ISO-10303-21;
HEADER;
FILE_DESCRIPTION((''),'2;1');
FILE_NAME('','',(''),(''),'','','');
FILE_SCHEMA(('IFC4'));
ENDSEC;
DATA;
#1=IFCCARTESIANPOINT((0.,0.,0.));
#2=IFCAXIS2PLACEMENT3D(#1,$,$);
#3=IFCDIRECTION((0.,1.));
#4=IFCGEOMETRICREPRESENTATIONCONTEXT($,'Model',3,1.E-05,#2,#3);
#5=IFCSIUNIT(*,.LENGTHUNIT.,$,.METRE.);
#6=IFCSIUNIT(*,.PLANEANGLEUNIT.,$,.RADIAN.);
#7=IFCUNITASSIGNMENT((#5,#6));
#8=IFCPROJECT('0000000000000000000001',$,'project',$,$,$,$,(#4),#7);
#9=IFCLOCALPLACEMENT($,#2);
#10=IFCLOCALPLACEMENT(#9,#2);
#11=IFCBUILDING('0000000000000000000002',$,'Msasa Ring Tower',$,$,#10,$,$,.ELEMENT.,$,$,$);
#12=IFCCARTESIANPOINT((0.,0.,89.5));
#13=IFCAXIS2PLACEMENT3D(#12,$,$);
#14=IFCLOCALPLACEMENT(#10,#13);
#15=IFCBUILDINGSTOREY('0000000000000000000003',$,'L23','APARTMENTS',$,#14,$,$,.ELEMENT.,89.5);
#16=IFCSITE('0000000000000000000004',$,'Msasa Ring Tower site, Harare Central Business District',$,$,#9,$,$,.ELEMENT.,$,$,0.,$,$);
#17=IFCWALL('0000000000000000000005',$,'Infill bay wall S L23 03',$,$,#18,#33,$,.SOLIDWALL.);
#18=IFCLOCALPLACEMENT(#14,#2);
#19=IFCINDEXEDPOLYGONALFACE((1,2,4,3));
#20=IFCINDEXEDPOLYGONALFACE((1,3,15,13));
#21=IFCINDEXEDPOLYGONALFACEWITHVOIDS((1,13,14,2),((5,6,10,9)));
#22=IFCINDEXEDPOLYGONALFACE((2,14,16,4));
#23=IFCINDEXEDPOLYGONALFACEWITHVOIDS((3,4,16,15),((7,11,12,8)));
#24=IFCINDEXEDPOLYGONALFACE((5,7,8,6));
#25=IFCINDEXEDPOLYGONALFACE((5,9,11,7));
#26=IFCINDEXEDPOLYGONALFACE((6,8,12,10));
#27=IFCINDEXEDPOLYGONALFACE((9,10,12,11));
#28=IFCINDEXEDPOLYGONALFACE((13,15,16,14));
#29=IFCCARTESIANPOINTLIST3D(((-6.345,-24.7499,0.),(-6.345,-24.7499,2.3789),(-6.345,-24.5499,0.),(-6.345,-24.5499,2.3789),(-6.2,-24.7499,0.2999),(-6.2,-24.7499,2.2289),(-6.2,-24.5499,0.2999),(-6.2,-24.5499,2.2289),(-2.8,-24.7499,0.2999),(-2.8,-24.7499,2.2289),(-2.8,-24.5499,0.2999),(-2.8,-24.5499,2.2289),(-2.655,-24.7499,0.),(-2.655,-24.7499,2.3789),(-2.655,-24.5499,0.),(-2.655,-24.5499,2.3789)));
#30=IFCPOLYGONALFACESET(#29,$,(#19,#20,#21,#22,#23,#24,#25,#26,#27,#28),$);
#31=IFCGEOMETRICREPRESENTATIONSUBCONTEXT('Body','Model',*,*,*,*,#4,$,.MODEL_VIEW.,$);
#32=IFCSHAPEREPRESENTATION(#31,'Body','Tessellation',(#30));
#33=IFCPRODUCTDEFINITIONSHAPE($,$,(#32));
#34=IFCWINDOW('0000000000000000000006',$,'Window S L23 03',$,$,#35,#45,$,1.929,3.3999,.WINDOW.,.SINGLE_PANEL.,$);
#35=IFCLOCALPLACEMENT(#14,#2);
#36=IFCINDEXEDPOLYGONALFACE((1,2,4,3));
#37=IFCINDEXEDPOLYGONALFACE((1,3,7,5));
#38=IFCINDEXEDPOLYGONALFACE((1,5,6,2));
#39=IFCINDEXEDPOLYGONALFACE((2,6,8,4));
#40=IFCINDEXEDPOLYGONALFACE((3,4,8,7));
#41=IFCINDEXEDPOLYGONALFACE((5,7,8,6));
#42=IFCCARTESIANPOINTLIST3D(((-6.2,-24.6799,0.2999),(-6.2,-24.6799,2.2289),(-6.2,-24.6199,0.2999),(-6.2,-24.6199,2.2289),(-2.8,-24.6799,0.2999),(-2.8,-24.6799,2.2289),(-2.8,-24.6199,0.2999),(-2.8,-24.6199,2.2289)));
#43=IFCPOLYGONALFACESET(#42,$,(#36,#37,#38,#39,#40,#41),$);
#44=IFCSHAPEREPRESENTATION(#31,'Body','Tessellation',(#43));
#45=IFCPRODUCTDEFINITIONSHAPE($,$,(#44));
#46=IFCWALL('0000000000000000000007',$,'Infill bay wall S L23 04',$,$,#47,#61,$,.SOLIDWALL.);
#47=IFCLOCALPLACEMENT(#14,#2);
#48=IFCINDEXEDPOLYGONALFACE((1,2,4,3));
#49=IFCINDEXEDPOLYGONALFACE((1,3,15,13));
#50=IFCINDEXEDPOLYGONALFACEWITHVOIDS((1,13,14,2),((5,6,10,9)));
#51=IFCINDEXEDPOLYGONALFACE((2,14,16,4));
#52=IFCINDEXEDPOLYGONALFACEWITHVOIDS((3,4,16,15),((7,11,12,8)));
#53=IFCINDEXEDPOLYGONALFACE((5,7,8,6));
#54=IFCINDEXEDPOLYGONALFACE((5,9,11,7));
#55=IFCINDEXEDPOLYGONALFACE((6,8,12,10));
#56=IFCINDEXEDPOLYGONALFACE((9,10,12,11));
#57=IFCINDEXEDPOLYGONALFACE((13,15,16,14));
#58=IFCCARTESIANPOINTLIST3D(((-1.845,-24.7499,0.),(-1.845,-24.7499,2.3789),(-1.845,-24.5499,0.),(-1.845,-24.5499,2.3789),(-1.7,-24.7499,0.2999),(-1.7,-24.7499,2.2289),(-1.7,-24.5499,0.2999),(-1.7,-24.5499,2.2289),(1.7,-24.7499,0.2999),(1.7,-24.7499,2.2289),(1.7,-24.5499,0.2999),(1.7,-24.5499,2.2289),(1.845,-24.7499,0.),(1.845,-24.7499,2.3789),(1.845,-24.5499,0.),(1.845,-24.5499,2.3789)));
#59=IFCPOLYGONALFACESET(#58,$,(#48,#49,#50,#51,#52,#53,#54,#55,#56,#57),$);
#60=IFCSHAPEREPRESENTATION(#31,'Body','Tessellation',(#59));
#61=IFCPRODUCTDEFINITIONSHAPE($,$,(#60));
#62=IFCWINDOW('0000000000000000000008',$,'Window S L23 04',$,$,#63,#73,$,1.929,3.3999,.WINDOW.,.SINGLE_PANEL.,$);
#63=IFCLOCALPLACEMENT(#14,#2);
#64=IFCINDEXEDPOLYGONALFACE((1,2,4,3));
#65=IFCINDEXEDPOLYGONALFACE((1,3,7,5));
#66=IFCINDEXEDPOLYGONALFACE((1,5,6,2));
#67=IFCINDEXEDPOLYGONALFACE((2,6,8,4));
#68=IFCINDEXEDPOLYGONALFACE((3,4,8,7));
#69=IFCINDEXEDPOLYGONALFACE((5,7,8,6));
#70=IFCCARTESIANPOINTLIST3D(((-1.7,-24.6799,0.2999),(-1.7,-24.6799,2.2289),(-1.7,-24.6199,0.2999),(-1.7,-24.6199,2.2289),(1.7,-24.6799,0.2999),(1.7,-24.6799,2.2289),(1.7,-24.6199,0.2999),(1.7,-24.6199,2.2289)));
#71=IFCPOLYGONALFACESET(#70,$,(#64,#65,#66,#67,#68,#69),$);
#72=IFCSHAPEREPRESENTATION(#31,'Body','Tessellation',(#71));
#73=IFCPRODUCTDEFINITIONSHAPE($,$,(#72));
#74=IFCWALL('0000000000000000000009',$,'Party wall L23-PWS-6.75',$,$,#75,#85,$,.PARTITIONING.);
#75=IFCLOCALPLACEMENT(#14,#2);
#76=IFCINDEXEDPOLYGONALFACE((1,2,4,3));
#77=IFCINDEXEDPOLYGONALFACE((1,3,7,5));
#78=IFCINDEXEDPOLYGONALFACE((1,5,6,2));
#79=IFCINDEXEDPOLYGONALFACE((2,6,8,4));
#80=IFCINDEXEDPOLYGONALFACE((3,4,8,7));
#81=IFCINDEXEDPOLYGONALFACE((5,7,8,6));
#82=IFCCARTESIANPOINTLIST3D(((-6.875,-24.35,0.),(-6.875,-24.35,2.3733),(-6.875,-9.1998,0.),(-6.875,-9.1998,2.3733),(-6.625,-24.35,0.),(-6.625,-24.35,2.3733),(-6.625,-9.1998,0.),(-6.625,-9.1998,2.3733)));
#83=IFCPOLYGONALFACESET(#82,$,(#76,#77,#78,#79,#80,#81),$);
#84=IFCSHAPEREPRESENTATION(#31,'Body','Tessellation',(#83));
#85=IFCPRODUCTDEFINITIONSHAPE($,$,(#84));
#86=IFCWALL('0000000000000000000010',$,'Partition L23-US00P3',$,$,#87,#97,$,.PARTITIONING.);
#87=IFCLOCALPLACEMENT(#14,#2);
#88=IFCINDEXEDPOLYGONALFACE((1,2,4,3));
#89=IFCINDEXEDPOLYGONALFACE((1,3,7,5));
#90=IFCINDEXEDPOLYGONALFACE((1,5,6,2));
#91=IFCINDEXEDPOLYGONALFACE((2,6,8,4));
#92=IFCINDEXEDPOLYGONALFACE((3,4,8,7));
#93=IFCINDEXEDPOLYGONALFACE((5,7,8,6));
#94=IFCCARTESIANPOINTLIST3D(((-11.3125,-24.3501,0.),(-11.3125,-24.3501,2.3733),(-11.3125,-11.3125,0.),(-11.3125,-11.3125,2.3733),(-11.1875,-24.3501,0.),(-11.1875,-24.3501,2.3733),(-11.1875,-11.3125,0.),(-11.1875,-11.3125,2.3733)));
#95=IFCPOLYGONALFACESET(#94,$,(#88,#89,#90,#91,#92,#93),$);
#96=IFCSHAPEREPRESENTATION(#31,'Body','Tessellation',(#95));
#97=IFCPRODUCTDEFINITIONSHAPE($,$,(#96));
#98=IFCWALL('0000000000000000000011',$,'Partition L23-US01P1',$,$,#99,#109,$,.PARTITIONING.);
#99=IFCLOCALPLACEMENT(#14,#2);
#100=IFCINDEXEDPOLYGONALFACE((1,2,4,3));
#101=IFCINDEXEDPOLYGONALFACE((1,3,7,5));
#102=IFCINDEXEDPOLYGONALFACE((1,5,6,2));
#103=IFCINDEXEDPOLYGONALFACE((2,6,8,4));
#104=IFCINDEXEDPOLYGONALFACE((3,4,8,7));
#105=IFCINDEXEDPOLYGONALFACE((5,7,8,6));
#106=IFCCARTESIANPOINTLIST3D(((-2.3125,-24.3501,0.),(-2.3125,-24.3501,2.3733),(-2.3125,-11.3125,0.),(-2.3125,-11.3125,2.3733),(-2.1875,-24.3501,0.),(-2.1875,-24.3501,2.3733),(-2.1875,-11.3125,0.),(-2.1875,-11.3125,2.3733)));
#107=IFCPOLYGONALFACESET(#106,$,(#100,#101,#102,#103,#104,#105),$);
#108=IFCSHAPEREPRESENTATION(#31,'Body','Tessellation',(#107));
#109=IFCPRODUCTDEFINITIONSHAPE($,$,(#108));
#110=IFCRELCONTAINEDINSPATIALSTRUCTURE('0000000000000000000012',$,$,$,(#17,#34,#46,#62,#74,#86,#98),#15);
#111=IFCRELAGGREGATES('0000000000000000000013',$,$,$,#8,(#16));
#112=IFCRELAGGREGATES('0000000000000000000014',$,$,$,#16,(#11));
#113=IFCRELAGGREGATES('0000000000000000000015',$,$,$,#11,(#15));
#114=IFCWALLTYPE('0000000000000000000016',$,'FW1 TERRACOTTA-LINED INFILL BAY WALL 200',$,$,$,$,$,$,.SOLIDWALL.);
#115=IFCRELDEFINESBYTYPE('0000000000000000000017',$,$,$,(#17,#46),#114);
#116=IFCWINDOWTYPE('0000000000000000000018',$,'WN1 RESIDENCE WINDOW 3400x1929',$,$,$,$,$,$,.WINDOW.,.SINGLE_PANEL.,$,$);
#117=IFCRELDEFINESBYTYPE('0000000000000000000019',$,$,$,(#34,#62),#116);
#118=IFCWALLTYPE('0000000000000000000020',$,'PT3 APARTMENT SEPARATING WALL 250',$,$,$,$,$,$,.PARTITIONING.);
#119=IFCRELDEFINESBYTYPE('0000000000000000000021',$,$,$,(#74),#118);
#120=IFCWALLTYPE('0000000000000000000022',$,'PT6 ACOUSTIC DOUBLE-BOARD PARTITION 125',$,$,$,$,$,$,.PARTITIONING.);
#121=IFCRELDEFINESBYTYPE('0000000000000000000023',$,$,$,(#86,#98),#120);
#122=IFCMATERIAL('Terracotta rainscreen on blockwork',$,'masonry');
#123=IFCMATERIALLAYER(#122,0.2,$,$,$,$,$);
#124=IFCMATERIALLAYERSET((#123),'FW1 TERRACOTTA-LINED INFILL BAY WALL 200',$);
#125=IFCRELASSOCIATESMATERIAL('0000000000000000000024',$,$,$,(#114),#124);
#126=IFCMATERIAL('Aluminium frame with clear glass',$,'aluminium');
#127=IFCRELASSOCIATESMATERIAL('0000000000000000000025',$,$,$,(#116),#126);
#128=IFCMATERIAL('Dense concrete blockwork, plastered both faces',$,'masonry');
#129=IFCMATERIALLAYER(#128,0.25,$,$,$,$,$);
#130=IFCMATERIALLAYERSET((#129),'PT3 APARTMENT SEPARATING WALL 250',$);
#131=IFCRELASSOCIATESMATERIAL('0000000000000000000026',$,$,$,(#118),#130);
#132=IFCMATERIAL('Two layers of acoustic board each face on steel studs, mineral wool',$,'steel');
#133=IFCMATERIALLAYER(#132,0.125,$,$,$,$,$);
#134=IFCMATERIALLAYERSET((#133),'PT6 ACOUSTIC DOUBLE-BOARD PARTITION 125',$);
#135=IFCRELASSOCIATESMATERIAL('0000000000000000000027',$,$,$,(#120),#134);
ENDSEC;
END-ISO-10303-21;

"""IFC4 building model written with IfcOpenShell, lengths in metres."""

from ifc_helpers import new_model, si_unit, direction, frame, frame_2d, origin, place, context, subcontext, project, spatial, rectangle, extrude, material, layer, layer_set, type_object, element, fill, save


model = new_model("IFC4")

# Units and contexts
model_context = context("Model", 3, precision=1e-05, world=origin(), true_north=direction((0.0, 1.0)))
body_context = subcontext(model_context, "Body", "Model", "MODEL_VIEW")
ifc_project = project(units=[si_unit("LENGTHUNIT", "METRE"), si_unit("PLANEANGLEUNIT", "RADIAN")], contexts=[model_context])

# Site, building, storey
site_placement = place(None, origin())
site = spatial("IfcSite", under=ifc_project, at=site_placement, Name="Msasa Ring Tower site, Harare Central Business District", CompositionType="ELEMENT", RefElevation=0.0)
building_placement = place(site_placement, origin())
building = spatial("IfcBuilding", under=site, at=building_placement, Name="Msasa Ring Tower", CompositionType="ELEMENT")
storey_placement = place(building_placement, frame((0.0, 0.0, 89.5)))
storey = spatial("IfcBuildingStorey", under=building, at=storey_placement, Name="L23", Description="APARTMENTS", CompositionType="ELEMENT", Elevation=89.5)

# Walls, openings, windows
ifc_material_1 = material(Name="Terracotta rainscreen on blockwork", Category="masonry")
ifc_layer_1 = layer(ifc_material_1, 0.2)
ifc_layer_set_1 = layer_set([ifc_layer_1], Name="FW1 TERRACOTTA-LINED INFILL BAY WALL 200")
wall_type_1 = type_object("IfcWallType", Name="FW1 TERRACOTTA-LINED INFILL BAY WALL 200", PredefinedType="SOLIDWALL", material=ifc_layer_set_1)
ifc_material_2 = material(Name="Aluminium frame with clear glass", Category="aluminium")
window_type = type_object("IfcWindowType", Name="WN1 RESIDENCE WINDOW 3400x1929", PartitioningType="SINGLE_PANEL", PredefinedType="WINDOW", material=ifc_material_2)
wall_1_placement = place(storey_placement, frame((-6.345, -24.6499, 0.0), z_axis=(0.0, 0.0, 1.0), x_axis=(1.0, 0.0, 0.0)))
wall_1 = element("IfcWall", 1, at=wall_1_placement, inside=storey, type_object=wall_type_1, Name="Infill bay wall S L23 03", PredefinedType="SOLIDWALL", context=body_context, shape_type="SweptSolid", body=[
    extrude(rectangle(XDim=3.6899, YDim=0.2, at=frame_2d((1.845, 0.0))), origin(), (0.0, 0.0, 1.0), 2.3789),
])
opening_1_placement = place(wall_1_placement, frame((0.145, 0.0, 0.3)))
opening_1 = element("IfcOpeningElement", 2, at=opening_1_placement, cuts=wall_1, PredefinedType="OPENING", context=body_context, shape_type="SweptSolid", body=[
    extrude(rectangle(XDim=3.3999, YDim=1.929, at=frame_2d((1.7, 0.9644))), frame((0.0, 0.1099, 0.0), z_axis=(0.0, -1.0, 0.0), x_axis=(1.0, 0.0, 0.0)), (0.0, 0.0, 1.0), 0.22),
])
window_1_placement = place(opening_1_placement, origin())
window_1 = element("IfcWindow", 3, at=window_1_placement, inside=storey, type_object=window_type, Name="Window S L23 03", OverallHeight=1.929, OverallWidth=3.3999, PartitioningType="SINGLE_PANEL", PredefinedType="WINDOW", context=body_context, shape_type="SweptSolid", body=[
    extrude(rectangle(XDim=3.3999, YDim=1.929, at=frame_2d((1.7, 0.9644))), frame((0.0, 0.03, 0.0), z_axis=(0.0, -1.0, 0.0), x_axis=(1.0, 0.0, 0.0)), (0.0, 0.0, 1.0), 0.0601),
])
fill(opening_1, window_1)
wall_2_placement = place(storey_placement, frame((-1.845, -24.6499, 0.0), z_axis=(0.0, 0.0, 1.0), x_axis=(1.0, 0.0, 0.0)))
wall_2 = element("IfcWall", 4, at=wall_2_placement, inside=storey, type_object=wall_type_1, Name="Infill bay wall S L23 04", PredefinedType="SOLIDWALL", context=body_context, shape_type="SweptSolid", body=[
    extrude(rectangle(XDim=3.6899, YDim=0.2, at=frame_2d((1.845, 0.0))), origin(), (0.0, 0.0, 1.0), 2.3789),
])
opening_2_placement = place(wall_2_placement, frame((0.145, 0.0, 0.3)))
opening_2 = element("IfcOpeningElement", 5, at=opening_2_placement, cuts=wall_2, PredefinedType="OPENING", context=body_context, shape_type="SweptSolid", body=[
    extrude(rectangle(XDim=3.3999, YDim=1.929, at=frame_2d((1.7, 0.9644))), frame((0.0, 0.1099, 0.0), z_axis=(0.0, -1.0, 0.0), x_axis=(1.0, 0.0, 0.0)), (0.0, 0.0, 1.0), 0.22),
])
window_2_placement = place(opening_2_placement, origin())
window_2 = element("IfcWindow", 6, at=window_2_placement, inside=storey, type_object=window_type, Name="Window S L23 04", OverallHeight=1.929, OverallWidth=3.3999, PartitioningType="SINGLE_PANEL", PredefinedType="WINDOW", context=body_context, shape_type="SweptSolid", body=[
    extrude(rectangle(XDim=3.3999, YDim=1.929, at=frame_2d((1.7, 0.9644))), frame((0.0, 0.03, 0.0), z_axis=(0.0, -1.0, 0.0), x_axis=(1.0, 0.0, 0.0)), (0.0, 0.0, 1.0), 0.0601),
])
fill(opening_2, window_2)

# Walls
ifc_material_3 = material(Name="Dense concrete blockwork, plastered both faces", Category="masonry")
ifc_layer_2 = layer(ifc_material_3, 0.25)
ifc_layer_set_2 = layer_set([ifc_layer_2], Name="PT3 APARTMENT SEPARATING WALL 250")
wall_type_2 = type_object("IfcWallType", Name="PT3 APARTMENT SEPARATING WALL 250", PredefinedType="PARTITIONING", material=ifc_layer_set_2)
wall_3_placement = place(storey_placement, frame((-6.75, -24.3501, 0.0), z_axis=(0.0, 0.0, 1.0), x_axis=(0.0, 1.0, 0.0)))
element("IfcWall", 7, at=wall_3_placement, inside=storey, type_object=wall_type_2, Name="Party wall L23-PWS-6.75", PredefinedType="PARTITIONING", context=body_context, shape_type="SweptSolid", body=[
    extrude(rectangle(XDim=15.1501, YDim=0.25, at=frame_2d((7.5752, 0.0))), origin(), (0.0, 0.0, 1.0), 2.3733),
])
ifc_material_4 = material(Name="Two layers of acoustic board each face on steel studs, mineral wool", Category="steel")
ifc_layer_3 = layer(ifc_material_4, 0.125)
ifc_layer_set_3 = layer_set([ifc_layer_3], Name="PT6 ACOUSTIC DOUBLE-BOARD PARTITION 125")
wall_type_3 = type_object("IfcWallType", Name="PT6 ACOUSTIC DOUBLE-BOARD PARTITION 125", PredefinedType="PARTITIONING", material=ifc_layer_set_3)
for number, where, z_axis, x_axis, name in (
    (8, (-11.25, -24.3501, 0.0), (0.0, 0.0, 1.0), (0.0, 1.0, 0.0), "Partition L23-US00P3"),
    (9, (-2.25, -24.3501, 0.0), (0.0, 0.0, 1.0), (0.0, 1.0, 0.0), "Partition L23-US01P1"),
):
    element("IfcWall", number, at=place(storey_placement, frame(where, z_axis=z_axis, x_axis=x_axis)), inside=storey, type_object=wall_type_3, Name=name, PredefinedType="PARTITIONING", context=body_context, shape_type="SweptSolid", body=[
        extrude(rectangle(XDim=13.0376, YDim=0.125, at=frame_2d((6.5188, 0.0))), origin(), (0.0, 0.0, 1.0), 2.3733),
    ])

save(model, "model.ifc")
